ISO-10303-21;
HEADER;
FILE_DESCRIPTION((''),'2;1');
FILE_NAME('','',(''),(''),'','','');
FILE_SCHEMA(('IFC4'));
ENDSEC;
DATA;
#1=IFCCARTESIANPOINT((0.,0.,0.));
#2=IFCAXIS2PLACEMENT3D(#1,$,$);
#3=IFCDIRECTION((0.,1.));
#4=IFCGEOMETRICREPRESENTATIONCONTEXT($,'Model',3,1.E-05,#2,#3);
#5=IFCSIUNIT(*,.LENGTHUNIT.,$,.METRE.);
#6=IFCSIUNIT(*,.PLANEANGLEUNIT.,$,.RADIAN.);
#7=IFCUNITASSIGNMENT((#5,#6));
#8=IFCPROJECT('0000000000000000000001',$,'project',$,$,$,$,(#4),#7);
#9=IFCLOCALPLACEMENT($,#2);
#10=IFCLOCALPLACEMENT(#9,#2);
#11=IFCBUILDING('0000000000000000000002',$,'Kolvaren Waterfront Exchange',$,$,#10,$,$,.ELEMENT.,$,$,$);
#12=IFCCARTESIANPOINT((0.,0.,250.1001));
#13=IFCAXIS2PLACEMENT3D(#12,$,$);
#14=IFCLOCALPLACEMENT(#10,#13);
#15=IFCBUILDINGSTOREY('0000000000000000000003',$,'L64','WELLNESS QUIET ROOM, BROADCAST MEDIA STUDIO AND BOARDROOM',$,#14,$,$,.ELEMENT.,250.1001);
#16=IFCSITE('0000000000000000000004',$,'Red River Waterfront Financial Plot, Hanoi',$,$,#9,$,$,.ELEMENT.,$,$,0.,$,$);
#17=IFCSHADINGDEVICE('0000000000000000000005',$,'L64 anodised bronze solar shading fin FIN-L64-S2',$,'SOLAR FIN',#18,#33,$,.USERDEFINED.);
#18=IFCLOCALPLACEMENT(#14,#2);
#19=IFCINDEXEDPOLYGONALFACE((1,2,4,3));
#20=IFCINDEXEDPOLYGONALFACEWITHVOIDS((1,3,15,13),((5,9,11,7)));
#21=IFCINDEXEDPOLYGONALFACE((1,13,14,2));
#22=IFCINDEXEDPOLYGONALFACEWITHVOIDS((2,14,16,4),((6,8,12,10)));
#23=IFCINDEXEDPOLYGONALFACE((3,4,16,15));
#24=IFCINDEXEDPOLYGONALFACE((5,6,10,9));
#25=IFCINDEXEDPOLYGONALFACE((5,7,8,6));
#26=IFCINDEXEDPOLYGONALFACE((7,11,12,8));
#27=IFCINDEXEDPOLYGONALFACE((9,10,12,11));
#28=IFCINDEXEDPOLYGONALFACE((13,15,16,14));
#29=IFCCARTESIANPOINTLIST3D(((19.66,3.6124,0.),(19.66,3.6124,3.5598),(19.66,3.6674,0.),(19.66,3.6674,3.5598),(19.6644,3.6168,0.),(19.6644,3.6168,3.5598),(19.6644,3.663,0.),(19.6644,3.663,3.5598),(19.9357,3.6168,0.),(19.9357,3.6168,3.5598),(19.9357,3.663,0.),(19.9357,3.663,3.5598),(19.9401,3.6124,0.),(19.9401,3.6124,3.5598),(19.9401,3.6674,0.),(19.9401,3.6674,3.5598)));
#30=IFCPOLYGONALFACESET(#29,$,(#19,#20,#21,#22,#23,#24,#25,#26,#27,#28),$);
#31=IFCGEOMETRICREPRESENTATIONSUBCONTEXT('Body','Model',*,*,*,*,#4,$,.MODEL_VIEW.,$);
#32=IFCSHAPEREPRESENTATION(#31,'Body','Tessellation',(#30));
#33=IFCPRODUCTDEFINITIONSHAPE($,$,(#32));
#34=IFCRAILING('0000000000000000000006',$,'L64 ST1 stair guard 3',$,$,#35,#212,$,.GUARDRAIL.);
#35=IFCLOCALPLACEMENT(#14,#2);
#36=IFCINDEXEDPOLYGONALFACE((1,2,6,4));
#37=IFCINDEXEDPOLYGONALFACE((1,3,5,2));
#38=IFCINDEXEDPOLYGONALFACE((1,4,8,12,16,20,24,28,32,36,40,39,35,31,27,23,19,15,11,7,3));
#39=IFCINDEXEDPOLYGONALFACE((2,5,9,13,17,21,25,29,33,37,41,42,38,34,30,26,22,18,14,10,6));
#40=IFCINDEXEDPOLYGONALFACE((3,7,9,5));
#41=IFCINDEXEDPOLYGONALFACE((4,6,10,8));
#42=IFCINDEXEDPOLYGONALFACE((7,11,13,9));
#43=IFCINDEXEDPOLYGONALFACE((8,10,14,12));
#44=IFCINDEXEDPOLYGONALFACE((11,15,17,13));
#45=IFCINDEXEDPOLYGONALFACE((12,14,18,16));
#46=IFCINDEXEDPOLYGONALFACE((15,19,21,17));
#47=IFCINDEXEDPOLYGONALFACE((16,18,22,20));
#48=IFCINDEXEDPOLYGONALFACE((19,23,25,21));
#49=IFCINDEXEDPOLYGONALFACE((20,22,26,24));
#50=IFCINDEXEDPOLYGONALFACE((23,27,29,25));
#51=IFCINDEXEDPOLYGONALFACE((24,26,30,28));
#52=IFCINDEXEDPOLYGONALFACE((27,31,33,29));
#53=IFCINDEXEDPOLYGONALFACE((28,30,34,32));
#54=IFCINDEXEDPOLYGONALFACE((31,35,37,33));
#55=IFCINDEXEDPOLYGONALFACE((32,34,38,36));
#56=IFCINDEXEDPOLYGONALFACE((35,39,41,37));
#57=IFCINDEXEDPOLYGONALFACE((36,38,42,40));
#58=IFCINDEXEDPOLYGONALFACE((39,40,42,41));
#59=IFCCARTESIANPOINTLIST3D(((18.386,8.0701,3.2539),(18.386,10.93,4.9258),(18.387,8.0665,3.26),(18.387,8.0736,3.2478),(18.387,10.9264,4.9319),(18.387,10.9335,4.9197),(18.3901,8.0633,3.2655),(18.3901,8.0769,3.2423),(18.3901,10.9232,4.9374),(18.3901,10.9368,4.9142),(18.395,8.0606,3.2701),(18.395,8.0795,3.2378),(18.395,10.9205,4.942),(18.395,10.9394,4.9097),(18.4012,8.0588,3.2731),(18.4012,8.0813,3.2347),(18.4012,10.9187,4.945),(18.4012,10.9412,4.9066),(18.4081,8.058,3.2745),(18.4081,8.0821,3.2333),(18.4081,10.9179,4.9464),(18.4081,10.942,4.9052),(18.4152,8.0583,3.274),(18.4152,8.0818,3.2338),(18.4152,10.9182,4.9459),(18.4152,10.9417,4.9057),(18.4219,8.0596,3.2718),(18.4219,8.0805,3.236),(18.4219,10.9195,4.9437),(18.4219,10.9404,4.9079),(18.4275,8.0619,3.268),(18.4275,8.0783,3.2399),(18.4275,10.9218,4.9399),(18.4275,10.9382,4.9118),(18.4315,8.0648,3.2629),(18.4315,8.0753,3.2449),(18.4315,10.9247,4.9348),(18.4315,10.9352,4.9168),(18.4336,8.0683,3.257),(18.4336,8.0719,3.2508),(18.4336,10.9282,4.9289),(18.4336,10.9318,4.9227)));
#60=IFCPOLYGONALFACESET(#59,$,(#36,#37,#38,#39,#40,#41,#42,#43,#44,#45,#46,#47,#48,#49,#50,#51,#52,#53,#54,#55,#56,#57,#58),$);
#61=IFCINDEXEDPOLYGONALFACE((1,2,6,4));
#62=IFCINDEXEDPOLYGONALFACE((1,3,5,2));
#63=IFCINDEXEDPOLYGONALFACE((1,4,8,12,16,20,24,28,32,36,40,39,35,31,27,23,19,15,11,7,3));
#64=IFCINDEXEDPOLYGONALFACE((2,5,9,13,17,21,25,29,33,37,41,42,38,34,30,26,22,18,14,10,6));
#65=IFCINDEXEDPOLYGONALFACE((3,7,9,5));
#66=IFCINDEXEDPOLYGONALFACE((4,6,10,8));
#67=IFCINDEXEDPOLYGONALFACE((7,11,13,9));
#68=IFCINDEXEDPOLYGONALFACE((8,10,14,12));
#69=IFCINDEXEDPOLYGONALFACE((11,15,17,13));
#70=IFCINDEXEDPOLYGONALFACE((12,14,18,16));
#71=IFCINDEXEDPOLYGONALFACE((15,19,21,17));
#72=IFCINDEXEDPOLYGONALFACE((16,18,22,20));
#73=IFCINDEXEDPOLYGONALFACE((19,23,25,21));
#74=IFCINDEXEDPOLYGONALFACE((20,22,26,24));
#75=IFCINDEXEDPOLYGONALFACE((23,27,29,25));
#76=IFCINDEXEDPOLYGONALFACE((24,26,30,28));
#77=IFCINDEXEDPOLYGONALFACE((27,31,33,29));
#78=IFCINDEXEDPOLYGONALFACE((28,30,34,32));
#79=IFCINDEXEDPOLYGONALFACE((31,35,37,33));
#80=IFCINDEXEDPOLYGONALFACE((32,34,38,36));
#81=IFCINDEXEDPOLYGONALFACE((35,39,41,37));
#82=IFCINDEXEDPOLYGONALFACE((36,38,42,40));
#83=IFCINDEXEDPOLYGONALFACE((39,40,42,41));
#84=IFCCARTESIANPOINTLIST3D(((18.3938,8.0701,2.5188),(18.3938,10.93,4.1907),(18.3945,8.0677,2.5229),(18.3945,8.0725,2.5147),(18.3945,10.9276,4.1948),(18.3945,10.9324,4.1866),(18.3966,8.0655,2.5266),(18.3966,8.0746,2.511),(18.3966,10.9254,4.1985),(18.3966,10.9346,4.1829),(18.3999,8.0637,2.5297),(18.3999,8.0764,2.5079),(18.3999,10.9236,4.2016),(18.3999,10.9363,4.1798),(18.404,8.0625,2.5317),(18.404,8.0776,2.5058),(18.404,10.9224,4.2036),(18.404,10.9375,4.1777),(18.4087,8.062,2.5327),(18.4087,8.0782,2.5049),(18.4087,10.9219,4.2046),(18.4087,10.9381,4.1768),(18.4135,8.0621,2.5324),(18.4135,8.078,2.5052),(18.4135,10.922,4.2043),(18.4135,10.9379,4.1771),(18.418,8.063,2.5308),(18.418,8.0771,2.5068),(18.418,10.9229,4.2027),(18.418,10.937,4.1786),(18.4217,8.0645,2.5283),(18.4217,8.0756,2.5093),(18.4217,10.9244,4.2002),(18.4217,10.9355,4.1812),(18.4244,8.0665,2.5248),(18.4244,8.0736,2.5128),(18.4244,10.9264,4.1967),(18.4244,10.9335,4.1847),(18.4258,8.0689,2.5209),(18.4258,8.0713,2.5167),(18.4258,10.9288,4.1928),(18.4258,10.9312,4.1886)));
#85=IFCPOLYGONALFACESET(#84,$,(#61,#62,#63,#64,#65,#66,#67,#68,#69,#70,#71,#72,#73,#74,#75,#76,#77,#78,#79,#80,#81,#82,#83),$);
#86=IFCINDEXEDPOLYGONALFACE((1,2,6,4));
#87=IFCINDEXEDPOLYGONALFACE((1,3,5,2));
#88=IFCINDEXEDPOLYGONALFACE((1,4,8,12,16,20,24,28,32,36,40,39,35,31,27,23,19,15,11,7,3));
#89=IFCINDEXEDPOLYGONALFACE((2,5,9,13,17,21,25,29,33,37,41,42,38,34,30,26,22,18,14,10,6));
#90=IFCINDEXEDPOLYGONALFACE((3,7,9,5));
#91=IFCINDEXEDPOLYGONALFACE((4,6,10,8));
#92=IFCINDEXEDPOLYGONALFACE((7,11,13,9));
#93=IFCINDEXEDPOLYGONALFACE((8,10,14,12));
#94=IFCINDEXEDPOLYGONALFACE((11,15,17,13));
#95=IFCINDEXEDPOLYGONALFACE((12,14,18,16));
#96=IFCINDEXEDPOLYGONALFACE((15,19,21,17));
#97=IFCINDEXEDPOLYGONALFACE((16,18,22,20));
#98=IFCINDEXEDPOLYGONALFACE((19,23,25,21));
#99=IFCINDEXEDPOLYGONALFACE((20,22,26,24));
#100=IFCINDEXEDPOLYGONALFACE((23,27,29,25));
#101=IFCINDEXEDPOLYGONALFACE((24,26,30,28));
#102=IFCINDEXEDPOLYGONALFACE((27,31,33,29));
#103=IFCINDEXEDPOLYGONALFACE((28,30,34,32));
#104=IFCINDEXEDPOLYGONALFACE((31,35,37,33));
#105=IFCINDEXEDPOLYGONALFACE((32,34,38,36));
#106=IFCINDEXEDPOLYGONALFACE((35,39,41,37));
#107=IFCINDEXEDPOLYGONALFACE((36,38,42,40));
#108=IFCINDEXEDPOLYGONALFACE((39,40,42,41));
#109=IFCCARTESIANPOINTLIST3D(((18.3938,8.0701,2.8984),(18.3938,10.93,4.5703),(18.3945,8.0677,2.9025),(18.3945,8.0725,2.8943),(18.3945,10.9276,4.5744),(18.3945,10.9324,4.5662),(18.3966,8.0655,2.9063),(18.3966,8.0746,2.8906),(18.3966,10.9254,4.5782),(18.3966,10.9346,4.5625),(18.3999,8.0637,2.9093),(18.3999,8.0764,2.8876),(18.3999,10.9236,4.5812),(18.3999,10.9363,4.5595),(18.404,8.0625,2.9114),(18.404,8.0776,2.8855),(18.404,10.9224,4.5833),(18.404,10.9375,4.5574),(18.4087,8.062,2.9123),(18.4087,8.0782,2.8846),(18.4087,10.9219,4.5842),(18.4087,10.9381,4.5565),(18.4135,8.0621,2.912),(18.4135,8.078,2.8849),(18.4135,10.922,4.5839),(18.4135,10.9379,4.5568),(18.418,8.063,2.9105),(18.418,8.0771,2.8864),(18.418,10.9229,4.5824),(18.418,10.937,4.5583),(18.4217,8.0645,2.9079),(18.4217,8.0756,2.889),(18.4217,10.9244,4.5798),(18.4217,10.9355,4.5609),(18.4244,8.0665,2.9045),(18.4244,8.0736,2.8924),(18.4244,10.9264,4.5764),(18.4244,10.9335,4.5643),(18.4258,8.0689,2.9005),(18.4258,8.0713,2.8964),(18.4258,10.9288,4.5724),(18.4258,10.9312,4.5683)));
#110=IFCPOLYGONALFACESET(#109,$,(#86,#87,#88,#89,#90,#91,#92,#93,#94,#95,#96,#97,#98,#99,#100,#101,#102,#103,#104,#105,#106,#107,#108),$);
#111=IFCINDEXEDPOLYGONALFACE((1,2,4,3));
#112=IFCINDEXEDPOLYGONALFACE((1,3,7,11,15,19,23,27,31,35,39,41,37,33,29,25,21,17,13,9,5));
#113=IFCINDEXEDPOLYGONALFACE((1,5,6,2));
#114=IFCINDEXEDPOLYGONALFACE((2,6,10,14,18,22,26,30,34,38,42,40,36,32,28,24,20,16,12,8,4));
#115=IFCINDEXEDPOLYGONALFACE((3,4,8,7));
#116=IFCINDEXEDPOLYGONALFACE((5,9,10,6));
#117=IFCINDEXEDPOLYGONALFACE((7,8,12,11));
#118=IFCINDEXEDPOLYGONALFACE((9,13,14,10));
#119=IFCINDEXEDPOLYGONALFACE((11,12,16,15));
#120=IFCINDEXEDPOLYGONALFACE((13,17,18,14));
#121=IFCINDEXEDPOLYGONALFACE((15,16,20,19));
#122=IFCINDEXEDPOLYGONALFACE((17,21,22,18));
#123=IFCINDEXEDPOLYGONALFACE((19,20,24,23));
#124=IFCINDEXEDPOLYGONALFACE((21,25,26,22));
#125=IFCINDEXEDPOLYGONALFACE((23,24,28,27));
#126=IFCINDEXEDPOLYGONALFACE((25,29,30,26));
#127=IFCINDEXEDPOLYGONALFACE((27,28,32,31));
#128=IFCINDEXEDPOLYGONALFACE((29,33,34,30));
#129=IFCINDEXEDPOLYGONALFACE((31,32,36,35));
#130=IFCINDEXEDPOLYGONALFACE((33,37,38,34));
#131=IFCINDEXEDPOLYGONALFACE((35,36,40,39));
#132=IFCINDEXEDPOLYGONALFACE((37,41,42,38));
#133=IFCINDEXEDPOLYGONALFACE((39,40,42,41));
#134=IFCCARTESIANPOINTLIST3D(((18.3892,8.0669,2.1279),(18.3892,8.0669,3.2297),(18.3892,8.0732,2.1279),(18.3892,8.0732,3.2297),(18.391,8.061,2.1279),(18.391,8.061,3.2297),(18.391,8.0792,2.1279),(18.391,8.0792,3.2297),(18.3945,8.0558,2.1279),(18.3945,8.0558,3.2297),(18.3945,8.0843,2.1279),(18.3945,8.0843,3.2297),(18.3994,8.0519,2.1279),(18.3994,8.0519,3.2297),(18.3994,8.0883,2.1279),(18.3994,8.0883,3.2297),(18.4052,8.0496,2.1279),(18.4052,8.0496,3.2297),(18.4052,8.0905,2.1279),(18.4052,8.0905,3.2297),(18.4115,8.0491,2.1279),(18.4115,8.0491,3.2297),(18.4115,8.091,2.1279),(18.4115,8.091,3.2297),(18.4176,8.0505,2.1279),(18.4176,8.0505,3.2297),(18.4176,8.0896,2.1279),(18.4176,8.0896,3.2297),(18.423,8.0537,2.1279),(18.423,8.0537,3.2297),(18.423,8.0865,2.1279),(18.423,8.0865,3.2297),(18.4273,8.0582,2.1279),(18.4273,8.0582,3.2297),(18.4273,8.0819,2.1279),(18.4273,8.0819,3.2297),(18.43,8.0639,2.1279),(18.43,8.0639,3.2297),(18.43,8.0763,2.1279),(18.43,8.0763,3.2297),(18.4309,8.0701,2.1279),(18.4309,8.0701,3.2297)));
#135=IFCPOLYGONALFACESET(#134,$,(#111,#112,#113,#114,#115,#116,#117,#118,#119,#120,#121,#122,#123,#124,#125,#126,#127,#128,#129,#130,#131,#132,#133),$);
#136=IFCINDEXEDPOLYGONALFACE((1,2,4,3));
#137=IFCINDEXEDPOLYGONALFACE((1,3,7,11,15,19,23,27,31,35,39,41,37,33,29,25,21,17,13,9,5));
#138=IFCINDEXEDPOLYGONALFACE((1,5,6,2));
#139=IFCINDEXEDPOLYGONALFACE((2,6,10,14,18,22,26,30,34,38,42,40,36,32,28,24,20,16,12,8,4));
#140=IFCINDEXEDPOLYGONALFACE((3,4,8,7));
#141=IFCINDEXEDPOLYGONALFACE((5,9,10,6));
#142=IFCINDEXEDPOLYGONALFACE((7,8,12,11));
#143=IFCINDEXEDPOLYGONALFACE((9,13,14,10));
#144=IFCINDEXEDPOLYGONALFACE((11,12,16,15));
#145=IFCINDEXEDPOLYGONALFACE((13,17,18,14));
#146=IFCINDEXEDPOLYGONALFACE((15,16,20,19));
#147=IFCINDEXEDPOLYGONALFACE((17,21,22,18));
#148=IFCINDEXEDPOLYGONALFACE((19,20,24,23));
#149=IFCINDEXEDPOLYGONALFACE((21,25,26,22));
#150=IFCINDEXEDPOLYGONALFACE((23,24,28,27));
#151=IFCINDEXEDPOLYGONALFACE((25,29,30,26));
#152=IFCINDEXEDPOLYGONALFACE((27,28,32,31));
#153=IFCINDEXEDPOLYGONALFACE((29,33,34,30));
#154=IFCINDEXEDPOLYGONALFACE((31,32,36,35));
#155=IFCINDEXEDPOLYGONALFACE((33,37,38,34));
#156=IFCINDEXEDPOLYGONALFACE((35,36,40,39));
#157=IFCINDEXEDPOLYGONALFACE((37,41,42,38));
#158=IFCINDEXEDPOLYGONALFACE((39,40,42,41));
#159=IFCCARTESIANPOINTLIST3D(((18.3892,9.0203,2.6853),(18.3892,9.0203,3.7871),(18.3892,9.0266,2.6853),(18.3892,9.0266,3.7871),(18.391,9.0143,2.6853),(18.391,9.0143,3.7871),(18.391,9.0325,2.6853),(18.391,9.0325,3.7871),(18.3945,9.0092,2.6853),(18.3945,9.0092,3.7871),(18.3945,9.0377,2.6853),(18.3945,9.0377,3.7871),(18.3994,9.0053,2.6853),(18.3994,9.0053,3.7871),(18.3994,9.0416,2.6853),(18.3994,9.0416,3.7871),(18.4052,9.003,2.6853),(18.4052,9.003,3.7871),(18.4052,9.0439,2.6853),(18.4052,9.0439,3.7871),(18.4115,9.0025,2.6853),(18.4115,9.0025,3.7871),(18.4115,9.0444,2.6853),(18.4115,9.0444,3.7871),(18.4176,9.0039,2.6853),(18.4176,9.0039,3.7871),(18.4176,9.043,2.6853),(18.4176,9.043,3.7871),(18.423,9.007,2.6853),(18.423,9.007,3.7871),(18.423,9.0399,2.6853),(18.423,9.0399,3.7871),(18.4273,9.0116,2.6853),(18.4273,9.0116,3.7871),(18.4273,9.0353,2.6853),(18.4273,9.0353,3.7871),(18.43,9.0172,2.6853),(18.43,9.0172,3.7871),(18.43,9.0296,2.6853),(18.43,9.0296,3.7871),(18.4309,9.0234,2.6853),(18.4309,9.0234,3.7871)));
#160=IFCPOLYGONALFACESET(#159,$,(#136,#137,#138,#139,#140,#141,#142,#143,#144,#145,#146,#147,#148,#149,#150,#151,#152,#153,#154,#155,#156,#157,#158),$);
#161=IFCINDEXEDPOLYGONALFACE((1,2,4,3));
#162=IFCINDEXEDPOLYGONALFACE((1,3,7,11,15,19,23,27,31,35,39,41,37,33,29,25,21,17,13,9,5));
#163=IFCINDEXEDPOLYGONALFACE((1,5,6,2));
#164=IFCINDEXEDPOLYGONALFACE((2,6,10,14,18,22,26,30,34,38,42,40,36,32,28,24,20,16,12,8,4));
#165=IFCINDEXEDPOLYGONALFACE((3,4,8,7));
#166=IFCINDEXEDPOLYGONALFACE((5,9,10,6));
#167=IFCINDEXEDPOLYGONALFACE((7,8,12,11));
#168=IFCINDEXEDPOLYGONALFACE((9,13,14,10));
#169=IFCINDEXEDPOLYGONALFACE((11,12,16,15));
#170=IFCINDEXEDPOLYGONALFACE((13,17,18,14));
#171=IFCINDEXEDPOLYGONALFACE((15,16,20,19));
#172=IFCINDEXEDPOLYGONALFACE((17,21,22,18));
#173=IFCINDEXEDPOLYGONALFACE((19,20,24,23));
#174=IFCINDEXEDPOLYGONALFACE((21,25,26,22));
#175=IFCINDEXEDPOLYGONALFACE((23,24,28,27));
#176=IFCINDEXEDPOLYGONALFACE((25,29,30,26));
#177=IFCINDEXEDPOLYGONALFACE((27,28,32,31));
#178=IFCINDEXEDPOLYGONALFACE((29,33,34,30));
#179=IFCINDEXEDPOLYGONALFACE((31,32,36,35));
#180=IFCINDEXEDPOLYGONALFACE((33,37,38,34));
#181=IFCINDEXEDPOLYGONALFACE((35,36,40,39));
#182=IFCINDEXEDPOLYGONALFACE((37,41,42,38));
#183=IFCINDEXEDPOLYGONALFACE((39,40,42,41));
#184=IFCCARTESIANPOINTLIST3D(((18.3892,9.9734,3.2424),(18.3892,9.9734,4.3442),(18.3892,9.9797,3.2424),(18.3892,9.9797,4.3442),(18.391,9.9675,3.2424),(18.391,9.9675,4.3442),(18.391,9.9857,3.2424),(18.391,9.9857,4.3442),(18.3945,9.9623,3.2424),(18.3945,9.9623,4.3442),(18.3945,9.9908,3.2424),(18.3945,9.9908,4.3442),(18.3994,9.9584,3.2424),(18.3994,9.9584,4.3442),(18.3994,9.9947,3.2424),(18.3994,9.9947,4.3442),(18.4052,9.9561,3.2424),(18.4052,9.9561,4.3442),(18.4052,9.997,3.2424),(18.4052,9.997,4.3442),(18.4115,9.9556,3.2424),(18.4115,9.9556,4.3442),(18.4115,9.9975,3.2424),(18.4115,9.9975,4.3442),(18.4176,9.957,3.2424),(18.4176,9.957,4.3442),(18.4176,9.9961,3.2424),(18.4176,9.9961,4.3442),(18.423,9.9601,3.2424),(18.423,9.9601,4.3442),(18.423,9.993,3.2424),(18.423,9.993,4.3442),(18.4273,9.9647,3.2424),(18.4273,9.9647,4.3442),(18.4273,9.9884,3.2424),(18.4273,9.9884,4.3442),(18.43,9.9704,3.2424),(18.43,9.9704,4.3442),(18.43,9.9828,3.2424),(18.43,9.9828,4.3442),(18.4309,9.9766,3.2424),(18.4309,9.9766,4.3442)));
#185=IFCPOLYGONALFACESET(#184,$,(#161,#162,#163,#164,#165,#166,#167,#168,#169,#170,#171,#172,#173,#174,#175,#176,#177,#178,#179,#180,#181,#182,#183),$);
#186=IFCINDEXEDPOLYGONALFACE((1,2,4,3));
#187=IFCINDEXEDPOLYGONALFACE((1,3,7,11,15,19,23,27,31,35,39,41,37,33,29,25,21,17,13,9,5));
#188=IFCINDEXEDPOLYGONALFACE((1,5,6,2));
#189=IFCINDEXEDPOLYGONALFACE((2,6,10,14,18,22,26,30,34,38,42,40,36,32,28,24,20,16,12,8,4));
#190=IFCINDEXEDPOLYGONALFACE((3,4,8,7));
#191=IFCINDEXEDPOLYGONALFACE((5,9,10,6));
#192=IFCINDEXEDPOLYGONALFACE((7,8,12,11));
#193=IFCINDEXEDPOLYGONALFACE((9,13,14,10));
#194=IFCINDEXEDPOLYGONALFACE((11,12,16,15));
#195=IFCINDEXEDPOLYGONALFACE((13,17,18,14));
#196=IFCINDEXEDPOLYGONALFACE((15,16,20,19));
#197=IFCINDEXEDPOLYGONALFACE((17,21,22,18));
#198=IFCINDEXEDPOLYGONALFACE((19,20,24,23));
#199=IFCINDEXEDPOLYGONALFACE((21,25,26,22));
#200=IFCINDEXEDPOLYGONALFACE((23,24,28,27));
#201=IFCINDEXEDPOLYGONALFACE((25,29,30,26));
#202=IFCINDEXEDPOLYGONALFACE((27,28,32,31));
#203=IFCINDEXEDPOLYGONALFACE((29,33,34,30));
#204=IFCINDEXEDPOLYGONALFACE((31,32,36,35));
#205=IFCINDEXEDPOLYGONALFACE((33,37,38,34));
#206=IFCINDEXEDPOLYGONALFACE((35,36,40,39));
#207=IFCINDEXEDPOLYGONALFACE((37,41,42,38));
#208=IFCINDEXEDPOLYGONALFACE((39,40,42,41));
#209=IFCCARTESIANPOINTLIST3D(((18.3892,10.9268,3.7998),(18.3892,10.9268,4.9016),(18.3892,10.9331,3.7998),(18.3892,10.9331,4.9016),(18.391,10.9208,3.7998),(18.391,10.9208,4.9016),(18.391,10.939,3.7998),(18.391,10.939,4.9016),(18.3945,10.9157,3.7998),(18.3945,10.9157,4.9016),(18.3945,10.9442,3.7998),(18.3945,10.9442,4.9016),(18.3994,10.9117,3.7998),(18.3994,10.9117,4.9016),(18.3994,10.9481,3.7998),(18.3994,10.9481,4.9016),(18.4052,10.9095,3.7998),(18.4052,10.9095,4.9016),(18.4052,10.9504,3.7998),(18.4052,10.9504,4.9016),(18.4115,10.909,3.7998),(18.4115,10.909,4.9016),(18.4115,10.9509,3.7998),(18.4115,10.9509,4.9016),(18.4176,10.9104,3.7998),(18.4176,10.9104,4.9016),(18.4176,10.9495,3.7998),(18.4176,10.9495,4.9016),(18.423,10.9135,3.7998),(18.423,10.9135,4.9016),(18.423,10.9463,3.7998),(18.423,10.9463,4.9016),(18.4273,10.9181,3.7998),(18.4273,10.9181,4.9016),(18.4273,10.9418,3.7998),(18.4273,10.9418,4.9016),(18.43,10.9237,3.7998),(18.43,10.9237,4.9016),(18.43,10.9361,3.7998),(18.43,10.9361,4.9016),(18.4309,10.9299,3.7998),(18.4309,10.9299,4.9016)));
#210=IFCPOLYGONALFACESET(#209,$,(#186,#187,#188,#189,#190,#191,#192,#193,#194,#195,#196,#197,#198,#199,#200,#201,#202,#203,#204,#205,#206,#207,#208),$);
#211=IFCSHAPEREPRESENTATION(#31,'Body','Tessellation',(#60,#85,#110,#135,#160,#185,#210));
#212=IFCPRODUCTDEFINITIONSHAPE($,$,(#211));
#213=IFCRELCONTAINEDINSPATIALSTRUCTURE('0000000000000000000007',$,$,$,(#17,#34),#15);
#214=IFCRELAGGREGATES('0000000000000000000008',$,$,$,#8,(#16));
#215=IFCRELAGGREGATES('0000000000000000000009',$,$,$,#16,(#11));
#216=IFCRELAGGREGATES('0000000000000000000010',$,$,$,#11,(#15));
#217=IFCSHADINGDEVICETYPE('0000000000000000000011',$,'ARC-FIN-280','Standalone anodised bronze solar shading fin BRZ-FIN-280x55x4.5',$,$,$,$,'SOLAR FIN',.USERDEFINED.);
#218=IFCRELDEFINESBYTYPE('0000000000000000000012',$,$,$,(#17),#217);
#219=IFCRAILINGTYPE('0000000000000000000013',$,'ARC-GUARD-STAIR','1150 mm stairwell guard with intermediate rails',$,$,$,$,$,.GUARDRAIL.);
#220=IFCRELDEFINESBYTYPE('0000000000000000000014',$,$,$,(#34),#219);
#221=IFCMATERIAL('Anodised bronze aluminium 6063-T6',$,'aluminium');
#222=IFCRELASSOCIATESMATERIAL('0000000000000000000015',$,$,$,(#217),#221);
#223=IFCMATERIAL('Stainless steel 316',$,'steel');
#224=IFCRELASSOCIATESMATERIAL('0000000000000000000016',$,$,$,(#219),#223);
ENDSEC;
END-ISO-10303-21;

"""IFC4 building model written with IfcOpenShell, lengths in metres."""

from ifc_helpers import new_model, si_unit, direction, frame, origin, origin_2d, place, context, subcontext, project, spatial, hollow_rectangle, circle, extrude, material, material_profile, profile_set, type_object, element, save


model = new_model("IFC4")

# Units and contexts
model_context = context("Model", 3, precision=1e-05, world=origin(), true_north=direction((0.0, 1.0)))
body_context = subcontext(model_context, "Body", "Model", "MODEL_VIEW")
ifc_project = project(units=[si_unit("LENGTHUNIT", "METRE"), si_unit("PLANEANGLEUNIT", "RADIAN")], contexts=[model_context])

# Site, building, storey
site_placement = place(None, origin())
site = spatial("IfcSite", under=ifc_project, at=site_placement, Name="Red River Waterfront Financial Plot, Hanoi", CompositionType="ELEMENT", RefElevation=0.0)
building_placement = place(site_placement, origin())
building = spatial("IfcBuilding", under=site, at=building_placement, Name="Kolvaren Waterfront Exchange", CompositionType="ELEMENT")
storey_placement = place(building_placement, frame((0.0, 0.0, 250.1001)))
storey = spatial("IfcBuildingStorey", under=building, at=storey_placement, Name="L64", Description="WELLNESS QUIET ROOM, BROADCAST MEDIA STUDIO AND BOARDROOM", CompositionType="ELEMENT", Elevation=250.1001)

# Shared definitions
ifc_material_1 = material(Name="Anodised bronze aluminium 6063-T6", Category="aluminium")

# Shading device
ifc_material_profile_1 = material_profile(ifc_material_1, hollow_rectangle(XDim=0.0549, YDim=0.28, WallThickness=0.0044, at=origin_2d()), Name="BRZ-FIN-280x55x4.5")
ifc_profile_set_1 = profile_set([ifc_material_profile_1], Name="Anodised bronze aluminium 6063-T6")
shading_device_type = type_object("IfcShadingDeviceType", Name="ARC-FIN-280", Description="Standalone anodised bronze solar shading fin BRZ-FIN-280x55x4.5", ElementType="SOLAR FIN", PredefinedType="USERDEFINED", material=ifc_profile_set_1)
shading_device_placement = place(storey_placement, frame((19.8, 3.6399, 0.0), z_axis=(0.0, 0.0, 1.0), x_axis=(0.0, -1.0, 0.0)))
element("IfcShadingDevice", 1, at=shading_device_placement, inside=storey, type_object=shading_device_type, Name="L64 anodised bronze solar shading fin FIN-L64-S2", ObjectType="SOLAR FIN", PredefinedType="USERDEFINED", context=body_context, shape_type="SweptSolid", body=[
    extrude(hollow_rectangle(XDim=0.0549, YDim=0.28, WallThickness=0.0044, at=origin_2d()), origin(), (0.0, 0.0, 1.0), 3.5598),
])

# Railing
ifc_material_2 = material(Name="Stainless steel 316", Category="steel")
railing_type_1 = type_object("IfcRailingType", Name="ARC-GUARD-STAIR", Description="1150 mm stairwell guard with intermediate rails", PredefinedType="GUARDRAIL", material=ifc_material_2)
railing_1_placement = place(storey_placement, frame((18.4099, 8.0701, 2.1279)))
element("IfcRailing", 2, at=railing_1_placement, inside=storey, type_object=railing_type_1, Name="L64 ST1 stair guard 3", PredefinedType="GUARDRAIL", context=body_context, shape_type="SweptSolid", body=[
    extrude(circle(Radius=0.0239, at=origin_2d()), frame((0.0, 0.0, 1.126), z_axis=(0.0, 0.863303, 0.504686), x_axis=(-1.0, 0.0, 0.0)), (0.0, 0.0, 1.0), 3.3127),
    extrude(circle(Radius=0.0161, at=origin_2d()), frame((0.0, 0.0, 0.3909), z_axis=(0.0, 0.863303, 0.504686), x_axis=(-1.0, 0.0, 0.0)), (0.0, 0.0, 1.0), 3.3127),
    extrude(circle(Radius=0.0161, at=origin_2d()), frame((0.0, 0.0, 0.7705), z_axis=(0.0, 0.863303, 0.504686), x_axis=(-1.0, 0.0, 0.0)), (0.0, 0.0, 1.0), 3.3127),
    extrude(circle(Radius=0.021, at=origin_2d()), origin(), (0.0, 0.0, 1.0), 1.1018),
    extrude(circle(Radius=0.021, at=origin_2d()), frame((0.0, 0.9534, 0.5574)), (0.0, 0.0, 1.0), 1.1018),
    extrude(circle(Radius=0.021, at=origin_2d()), frame((0.0, 1.9065, 1.1145)), (0.0, 0.0, 1.0), 1.1018),
    extrude(circle(Radius=0.021, at=origin_2d()), frame((0.0, 2.8599, 1.6719)), (0.0, 0.0, 1.0), 1.1018),
])

save(model, "model.ifc")
